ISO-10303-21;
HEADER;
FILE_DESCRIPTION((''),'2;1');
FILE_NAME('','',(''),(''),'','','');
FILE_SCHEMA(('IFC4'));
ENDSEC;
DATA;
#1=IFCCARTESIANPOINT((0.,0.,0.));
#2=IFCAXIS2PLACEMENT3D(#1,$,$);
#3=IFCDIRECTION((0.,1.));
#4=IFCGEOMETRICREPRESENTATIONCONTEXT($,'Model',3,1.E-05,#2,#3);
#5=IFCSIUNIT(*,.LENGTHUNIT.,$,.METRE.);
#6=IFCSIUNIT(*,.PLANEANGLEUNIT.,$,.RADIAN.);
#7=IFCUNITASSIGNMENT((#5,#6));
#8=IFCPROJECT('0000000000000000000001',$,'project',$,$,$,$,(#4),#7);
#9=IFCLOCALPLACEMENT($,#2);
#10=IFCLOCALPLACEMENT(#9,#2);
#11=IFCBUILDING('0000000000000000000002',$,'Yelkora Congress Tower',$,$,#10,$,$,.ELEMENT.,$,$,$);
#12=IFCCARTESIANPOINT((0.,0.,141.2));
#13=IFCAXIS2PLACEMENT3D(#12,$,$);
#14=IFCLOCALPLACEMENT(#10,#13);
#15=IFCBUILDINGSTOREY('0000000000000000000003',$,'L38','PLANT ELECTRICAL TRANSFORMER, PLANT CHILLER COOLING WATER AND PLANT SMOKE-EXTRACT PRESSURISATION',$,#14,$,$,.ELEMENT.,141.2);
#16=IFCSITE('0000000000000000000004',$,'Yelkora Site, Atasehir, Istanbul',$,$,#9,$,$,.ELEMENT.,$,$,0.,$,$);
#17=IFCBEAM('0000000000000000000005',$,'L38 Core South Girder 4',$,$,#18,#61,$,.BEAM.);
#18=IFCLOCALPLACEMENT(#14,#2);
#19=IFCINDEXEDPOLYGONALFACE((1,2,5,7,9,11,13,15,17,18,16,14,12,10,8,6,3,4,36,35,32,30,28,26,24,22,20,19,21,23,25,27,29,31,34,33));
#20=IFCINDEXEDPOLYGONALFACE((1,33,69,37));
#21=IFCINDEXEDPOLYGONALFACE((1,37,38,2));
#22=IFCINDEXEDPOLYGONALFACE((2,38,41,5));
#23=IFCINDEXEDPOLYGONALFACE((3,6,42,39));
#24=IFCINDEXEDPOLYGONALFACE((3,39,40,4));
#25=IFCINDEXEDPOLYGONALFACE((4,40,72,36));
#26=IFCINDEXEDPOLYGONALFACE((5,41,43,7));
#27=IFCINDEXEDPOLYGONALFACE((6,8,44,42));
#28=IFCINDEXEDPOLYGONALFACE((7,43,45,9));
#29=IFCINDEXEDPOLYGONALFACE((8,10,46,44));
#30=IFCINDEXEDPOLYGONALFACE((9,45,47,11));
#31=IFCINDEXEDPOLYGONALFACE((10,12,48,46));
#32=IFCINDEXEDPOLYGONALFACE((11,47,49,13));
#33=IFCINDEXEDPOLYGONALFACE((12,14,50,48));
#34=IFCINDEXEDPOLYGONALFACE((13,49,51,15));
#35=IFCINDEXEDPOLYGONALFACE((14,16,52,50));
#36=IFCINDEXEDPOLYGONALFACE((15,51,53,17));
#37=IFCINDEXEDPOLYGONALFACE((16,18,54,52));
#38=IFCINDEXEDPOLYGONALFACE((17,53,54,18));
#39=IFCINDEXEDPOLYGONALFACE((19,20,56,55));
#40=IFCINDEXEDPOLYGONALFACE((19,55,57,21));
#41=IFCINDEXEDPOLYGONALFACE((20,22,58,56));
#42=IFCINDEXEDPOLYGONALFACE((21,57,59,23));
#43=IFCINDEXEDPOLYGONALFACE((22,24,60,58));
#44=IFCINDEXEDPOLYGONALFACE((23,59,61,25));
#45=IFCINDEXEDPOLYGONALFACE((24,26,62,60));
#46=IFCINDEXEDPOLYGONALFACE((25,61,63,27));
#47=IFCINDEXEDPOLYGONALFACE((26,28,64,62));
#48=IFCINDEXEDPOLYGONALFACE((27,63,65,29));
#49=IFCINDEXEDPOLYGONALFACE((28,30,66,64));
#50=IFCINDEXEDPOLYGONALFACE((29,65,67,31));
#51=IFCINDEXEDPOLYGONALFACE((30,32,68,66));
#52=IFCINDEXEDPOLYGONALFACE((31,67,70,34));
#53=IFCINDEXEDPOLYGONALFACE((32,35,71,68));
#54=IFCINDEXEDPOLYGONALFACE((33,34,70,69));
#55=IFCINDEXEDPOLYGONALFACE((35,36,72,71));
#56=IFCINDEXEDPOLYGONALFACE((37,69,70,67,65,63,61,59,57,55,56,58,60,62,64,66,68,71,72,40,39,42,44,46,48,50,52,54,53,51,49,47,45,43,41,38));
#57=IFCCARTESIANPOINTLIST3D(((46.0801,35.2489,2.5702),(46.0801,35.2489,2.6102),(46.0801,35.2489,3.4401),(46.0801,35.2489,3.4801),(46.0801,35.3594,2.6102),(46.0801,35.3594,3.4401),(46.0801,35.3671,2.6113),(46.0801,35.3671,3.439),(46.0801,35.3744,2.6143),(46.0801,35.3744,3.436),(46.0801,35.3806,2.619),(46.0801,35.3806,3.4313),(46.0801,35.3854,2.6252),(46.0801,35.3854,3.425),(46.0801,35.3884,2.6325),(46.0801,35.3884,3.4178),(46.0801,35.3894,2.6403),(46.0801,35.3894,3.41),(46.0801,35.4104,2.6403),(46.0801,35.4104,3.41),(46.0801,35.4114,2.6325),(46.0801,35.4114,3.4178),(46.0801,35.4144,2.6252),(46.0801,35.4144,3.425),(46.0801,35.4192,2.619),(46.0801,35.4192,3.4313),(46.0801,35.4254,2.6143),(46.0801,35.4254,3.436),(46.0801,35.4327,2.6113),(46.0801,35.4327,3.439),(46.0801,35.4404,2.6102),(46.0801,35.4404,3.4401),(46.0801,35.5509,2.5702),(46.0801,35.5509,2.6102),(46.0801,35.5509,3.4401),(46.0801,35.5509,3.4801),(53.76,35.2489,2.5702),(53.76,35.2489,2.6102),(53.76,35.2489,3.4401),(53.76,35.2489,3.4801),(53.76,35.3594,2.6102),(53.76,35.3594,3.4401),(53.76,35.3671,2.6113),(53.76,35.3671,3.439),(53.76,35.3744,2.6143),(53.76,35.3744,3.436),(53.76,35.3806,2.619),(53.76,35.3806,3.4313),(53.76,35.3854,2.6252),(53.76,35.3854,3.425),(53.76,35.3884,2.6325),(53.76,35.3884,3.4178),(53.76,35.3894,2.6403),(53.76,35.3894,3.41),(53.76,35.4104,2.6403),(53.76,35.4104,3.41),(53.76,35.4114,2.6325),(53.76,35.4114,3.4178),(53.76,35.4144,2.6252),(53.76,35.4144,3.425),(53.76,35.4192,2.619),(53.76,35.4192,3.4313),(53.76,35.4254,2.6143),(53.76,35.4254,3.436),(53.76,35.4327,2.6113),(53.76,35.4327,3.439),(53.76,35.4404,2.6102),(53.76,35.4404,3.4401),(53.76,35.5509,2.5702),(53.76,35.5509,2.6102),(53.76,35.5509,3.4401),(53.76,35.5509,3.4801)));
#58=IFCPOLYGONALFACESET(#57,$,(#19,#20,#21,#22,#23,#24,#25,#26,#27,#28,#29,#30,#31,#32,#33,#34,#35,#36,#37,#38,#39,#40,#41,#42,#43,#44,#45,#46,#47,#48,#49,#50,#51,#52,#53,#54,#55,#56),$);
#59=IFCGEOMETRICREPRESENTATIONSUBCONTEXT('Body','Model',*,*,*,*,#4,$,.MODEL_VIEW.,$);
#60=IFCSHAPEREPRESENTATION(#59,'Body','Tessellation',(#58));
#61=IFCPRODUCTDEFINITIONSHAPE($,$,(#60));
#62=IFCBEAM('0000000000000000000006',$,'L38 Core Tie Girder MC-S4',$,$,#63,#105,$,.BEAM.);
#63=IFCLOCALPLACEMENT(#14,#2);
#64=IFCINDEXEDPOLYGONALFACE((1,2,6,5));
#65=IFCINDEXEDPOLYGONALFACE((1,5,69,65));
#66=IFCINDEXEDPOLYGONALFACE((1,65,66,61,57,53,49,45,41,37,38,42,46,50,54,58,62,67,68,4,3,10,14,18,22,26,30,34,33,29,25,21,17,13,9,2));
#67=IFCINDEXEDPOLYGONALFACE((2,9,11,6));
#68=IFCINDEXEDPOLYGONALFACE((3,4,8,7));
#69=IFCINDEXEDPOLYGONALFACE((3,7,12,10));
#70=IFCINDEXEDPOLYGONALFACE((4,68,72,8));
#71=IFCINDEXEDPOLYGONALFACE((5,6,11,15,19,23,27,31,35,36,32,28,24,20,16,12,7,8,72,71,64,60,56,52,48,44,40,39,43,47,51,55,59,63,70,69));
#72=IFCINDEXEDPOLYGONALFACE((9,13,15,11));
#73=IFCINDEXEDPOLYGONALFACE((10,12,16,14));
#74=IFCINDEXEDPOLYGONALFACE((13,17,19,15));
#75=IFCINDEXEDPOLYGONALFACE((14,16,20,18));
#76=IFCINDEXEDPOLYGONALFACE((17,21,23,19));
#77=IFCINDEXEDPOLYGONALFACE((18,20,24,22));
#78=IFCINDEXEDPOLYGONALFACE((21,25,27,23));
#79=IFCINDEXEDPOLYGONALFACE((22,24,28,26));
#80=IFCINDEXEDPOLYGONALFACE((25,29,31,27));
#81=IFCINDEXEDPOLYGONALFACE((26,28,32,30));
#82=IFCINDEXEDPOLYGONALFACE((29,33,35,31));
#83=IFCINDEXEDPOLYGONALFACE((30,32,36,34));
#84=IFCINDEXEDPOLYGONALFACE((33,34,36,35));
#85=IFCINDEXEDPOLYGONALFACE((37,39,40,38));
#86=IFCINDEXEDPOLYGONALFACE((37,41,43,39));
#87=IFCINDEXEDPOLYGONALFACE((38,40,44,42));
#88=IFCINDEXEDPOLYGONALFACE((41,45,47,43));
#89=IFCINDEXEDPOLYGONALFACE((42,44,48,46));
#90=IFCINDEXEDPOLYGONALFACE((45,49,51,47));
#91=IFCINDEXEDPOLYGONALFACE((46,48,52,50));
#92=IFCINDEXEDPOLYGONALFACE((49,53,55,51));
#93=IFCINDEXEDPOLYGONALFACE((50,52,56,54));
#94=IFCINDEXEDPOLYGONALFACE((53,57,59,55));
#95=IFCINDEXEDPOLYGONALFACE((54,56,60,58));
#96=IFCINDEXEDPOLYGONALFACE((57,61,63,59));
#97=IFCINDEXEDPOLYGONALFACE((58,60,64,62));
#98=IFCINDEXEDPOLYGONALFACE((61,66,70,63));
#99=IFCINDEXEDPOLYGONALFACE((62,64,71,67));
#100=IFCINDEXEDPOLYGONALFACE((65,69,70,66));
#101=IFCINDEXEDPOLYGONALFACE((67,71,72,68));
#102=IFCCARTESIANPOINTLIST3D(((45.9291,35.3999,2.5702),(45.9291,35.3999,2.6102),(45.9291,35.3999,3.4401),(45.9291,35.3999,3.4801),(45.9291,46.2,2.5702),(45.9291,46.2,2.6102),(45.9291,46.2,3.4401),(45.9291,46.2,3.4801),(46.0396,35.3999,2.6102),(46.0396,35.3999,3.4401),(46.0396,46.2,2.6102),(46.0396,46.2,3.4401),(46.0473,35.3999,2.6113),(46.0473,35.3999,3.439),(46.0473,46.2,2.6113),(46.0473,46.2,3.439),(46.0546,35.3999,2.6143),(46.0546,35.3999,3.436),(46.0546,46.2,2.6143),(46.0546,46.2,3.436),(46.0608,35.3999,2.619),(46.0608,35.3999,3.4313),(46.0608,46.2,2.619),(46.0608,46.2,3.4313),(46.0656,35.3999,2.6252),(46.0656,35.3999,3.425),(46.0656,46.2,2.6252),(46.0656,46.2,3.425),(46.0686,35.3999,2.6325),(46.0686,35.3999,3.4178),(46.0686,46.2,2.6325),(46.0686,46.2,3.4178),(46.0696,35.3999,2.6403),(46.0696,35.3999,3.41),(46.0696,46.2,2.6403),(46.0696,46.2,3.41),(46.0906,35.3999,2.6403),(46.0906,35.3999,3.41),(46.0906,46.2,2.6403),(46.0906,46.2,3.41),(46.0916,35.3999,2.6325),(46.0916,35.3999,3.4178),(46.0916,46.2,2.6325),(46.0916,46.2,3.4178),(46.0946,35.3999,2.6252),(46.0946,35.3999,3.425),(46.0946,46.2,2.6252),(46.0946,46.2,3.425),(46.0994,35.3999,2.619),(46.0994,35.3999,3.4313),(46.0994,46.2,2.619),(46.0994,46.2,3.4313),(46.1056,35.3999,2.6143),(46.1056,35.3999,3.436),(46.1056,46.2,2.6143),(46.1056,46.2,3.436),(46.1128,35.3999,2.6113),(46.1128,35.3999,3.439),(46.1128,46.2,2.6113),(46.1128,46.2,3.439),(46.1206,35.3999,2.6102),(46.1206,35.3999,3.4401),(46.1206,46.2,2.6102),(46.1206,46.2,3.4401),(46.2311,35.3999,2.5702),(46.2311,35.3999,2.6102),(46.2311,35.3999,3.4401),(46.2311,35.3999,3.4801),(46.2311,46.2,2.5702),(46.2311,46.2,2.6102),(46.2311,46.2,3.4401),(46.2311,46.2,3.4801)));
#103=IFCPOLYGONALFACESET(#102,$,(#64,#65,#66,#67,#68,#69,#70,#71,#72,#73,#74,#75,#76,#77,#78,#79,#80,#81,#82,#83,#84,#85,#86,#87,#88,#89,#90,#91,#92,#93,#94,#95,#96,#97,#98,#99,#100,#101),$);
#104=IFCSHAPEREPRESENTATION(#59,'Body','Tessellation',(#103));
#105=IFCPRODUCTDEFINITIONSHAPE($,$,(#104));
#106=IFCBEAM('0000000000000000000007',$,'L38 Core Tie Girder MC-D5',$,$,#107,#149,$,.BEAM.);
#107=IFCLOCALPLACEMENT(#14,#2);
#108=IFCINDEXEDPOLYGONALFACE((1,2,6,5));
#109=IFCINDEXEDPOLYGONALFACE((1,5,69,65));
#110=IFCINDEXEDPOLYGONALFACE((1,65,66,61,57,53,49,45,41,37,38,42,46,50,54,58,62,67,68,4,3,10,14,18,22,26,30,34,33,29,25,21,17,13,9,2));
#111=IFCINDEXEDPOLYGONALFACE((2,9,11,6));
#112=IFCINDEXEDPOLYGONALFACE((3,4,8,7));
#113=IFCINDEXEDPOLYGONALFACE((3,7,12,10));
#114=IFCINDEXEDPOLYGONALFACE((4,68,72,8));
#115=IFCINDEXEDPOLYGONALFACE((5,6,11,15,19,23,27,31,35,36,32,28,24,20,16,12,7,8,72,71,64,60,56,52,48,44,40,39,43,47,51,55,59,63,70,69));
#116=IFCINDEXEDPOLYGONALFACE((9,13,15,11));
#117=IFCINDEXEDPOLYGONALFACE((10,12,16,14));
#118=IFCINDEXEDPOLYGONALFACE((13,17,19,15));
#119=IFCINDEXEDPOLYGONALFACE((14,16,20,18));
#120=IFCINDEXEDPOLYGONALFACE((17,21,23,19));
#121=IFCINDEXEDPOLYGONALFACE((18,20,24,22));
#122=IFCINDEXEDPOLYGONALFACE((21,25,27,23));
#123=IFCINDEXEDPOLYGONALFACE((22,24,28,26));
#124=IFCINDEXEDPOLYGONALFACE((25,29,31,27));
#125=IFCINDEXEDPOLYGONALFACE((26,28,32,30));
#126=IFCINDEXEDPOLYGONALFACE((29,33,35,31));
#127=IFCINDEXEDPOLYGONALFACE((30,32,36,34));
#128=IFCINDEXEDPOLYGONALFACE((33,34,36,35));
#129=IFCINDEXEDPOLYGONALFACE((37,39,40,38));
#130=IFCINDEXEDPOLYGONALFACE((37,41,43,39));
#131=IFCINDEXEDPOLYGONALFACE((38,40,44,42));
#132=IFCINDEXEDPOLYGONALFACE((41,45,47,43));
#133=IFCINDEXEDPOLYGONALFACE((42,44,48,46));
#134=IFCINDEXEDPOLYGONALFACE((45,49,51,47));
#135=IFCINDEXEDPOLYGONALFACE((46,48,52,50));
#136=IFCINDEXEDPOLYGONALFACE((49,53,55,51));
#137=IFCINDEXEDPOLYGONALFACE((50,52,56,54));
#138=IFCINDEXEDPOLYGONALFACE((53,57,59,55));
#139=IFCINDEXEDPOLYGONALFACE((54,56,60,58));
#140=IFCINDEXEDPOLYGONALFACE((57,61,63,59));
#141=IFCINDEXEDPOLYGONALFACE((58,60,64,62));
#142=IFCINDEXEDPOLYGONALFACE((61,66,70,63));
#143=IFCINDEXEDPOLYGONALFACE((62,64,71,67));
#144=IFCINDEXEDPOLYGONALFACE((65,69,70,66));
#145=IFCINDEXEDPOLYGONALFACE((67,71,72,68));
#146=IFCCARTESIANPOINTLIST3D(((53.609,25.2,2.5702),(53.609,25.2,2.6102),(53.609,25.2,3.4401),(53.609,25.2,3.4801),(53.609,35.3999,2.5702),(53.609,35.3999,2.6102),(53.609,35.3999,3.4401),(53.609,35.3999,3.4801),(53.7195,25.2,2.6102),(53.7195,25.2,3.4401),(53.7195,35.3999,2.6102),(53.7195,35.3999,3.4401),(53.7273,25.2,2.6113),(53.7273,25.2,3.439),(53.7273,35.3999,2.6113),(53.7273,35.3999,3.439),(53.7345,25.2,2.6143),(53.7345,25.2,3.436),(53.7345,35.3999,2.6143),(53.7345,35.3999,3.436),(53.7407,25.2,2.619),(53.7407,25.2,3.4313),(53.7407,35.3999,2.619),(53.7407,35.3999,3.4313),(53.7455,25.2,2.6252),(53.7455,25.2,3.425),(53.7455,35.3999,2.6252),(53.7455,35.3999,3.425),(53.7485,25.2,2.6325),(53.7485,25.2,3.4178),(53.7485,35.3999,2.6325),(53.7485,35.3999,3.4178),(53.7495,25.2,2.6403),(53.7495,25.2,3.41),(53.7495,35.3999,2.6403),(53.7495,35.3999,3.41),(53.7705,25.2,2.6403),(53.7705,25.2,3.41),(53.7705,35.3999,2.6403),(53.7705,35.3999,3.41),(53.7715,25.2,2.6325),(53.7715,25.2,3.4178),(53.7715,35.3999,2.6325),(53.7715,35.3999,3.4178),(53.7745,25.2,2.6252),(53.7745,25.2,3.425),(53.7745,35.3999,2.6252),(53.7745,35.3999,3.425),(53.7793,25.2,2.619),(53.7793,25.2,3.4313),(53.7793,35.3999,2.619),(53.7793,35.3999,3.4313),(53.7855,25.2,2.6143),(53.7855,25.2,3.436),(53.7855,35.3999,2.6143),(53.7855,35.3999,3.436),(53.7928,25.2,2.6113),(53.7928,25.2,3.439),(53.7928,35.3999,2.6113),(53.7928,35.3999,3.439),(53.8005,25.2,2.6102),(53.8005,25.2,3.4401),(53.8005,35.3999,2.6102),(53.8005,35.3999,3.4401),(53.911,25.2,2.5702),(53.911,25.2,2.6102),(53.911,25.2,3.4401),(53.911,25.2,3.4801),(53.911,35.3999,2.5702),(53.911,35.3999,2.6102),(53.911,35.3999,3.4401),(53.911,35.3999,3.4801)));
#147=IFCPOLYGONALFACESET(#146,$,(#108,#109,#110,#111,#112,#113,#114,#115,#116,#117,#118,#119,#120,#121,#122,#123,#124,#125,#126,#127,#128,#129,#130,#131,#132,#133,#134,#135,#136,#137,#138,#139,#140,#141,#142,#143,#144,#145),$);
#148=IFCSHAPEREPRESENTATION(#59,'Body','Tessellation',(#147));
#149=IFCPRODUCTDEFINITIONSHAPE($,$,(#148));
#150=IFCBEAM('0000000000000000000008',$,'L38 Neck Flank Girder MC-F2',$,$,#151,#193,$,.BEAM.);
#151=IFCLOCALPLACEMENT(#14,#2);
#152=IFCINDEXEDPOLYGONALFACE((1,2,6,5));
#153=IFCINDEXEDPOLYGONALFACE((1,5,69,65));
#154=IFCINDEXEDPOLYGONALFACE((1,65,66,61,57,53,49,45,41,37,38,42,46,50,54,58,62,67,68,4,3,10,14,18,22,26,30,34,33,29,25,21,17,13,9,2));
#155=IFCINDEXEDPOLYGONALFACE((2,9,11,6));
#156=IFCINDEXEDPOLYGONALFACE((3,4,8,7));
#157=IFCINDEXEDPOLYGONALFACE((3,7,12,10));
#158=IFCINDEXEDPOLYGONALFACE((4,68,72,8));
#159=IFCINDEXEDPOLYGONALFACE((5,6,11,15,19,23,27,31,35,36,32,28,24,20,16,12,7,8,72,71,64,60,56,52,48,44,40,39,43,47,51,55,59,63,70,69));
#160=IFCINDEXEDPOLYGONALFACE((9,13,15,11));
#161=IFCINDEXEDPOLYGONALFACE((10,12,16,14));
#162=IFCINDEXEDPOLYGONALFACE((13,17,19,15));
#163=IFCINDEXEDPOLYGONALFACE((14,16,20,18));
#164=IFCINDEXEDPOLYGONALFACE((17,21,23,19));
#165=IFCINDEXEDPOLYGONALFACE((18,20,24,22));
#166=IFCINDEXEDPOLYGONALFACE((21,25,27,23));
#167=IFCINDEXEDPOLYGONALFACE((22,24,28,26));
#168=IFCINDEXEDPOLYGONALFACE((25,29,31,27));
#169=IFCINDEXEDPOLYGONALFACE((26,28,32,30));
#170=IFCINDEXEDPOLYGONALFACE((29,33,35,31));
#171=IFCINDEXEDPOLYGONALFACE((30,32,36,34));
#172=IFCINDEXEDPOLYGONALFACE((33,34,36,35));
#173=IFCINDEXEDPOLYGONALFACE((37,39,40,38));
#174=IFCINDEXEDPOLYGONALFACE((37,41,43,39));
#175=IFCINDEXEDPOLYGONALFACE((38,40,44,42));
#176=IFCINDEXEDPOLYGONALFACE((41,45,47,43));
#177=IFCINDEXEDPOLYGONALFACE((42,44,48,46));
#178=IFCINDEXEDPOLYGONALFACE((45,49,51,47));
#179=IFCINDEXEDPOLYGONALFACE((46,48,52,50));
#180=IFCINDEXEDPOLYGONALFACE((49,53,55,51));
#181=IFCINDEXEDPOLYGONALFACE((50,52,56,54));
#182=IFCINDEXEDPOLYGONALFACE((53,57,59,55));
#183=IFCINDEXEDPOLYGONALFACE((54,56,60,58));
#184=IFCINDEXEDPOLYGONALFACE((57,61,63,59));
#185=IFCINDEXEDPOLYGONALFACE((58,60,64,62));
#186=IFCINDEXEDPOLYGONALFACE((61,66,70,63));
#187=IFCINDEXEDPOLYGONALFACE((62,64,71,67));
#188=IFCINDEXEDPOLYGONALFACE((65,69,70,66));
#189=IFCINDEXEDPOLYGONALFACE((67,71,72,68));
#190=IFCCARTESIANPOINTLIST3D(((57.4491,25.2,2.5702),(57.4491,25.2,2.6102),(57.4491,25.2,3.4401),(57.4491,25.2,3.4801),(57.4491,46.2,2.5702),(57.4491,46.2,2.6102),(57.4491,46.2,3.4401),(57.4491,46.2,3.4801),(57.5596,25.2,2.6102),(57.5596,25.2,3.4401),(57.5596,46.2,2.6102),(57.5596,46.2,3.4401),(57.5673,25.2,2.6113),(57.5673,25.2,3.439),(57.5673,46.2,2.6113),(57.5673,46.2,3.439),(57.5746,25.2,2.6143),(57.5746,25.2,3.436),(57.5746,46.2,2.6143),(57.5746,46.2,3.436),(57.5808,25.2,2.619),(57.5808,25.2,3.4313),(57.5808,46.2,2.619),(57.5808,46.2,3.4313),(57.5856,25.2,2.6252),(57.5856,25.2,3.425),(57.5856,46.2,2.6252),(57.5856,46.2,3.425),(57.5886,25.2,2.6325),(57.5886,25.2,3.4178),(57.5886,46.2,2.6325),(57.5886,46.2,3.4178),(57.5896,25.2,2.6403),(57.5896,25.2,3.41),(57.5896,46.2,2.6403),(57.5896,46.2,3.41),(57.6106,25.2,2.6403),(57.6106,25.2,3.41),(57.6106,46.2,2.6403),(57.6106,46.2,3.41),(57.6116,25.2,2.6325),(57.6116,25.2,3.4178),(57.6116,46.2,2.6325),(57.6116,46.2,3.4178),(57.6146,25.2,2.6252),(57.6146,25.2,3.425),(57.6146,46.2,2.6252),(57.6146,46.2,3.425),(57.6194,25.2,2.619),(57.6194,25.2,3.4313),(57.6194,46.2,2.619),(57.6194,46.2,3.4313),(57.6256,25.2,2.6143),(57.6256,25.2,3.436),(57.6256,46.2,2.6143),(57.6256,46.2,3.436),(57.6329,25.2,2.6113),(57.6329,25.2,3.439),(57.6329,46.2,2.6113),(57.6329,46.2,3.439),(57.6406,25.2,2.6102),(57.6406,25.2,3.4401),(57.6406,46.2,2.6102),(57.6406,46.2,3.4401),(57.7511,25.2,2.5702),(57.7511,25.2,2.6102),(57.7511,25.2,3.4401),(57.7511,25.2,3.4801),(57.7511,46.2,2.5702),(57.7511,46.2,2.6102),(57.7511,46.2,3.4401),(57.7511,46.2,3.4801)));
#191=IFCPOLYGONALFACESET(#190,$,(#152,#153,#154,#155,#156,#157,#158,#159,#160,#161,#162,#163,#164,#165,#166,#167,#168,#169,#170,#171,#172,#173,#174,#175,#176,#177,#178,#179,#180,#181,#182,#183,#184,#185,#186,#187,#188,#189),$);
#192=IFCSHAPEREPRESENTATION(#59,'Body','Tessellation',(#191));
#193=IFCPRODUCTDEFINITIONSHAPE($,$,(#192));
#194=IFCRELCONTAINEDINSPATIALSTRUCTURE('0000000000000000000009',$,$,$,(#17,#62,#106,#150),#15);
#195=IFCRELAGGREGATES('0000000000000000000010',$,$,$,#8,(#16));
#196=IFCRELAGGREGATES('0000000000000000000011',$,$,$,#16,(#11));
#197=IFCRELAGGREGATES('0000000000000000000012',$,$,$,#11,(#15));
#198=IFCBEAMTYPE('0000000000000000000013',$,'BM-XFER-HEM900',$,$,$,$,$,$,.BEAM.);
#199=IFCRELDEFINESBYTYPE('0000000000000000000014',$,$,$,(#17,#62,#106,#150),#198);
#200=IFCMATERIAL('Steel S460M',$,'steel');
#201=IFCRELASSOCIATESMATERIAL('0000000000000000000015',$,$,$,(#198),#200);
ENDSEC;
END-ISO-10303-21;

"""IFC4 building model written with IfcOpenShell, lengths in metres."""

from ifc_helpers import new_model, si_unit, direction, frame, origin, origin_2d, place, context, subcontext, project, spatial, i_section, extrude, material, material_profile, profile_set, type_object, element, save


model = new_model("IFC4")

# Units and contexts
model_context = context("Model", 3, precision=1e-05, world=origin(), true_north=direction((0.0, 1.0)))
body_context = subcontext(model_context, "Body", "Model", "MODEL_VIEW")
ifc_project = project(units=[si_unit("LENGTHUNIT", "METRE"), si_unit("PLANEANGLEUNIT", "RADIAN")], contexts=[model_context])

# Site, building, storey
site_placement = place(None, origin())
site = spatial("IfcSite", under=ifc_project, at=site_placement, Name="Yelkora Site, Atasehir, Istanbul", CompositionType="ELEMENT", RefElevation=0.0)
building_placement = place(site_placement, origin())
building = spatial("IfcBuilding", under=site, at=building_placement, Name="Yelkora Congress Tower", CompositionType="ELEMENT")
storey_placement = place(building_placement, frame((0.0, 0.0, 141.2)))
storey = spatial("IfcBuildingStorey", under=building, at=storey_placement, Name="L38", Description="PLANT ELECTRICAL TRANSFORMER, PLANT CHILLER COOLING WATER AND PLANT SMOKE-EXTRACT PRESSURISATION", CompositionType="ELEMENT", Elevation=141.2)

# Shared definitions
ifc_material_1 = material(Name="Steel S460M", Category="steel")

# Beams
ifc_material_profile_1 = material_profile(ifc_material_1, i_section(OverallWidth=0.302, OverallDepth=0.9099, WebThickness=0.021, FlangeThickness=0.04, FilletRadius=0.03, at=origin_2d()), Name="HEM 900")
ifc_profile_set_1 = profile_set([ifc_material_profile_1], Name="Steel S460M")
beam_type = type_object("IfcBeamType", Name="BM-XFER-HEM900", PredefinedType="BEAM", material=ifc_profile_set_1)
beam_1_placement = place(storey_placement, frame((46.0801, 35.3999, 3.0251), z_axis=(1.0, 0.0, 0.0), x_axis=(0.0, 1.0, 0.0)))
element("IfcBeam", 1, at=beam_1_placement, inside=storey, type_object=beam_type, Name="L38 Core South Girder 4", PredefinedType="BEAM", context=body_context, shape_type="SweptSolid", body=[
    extrude(i_section(OverallWidth=0.302, OverallDepth=0.9099, WebThickness=0.021, FlangeThickness=0.04, FilletRadius=0.03, at=origin_2d()), origin(), (0.0, 0.0, 1.0), 7.6799),
])
beam_2_placement = place(storey_placement, frame((46.0801, 35.3999, 3.0251), z_axis=(0.0, 1.0, 0.0), x_axis=(-1.0, 0.0, 0.0)))
element("IfcBeam", 2, at=beam_2_placement, inside=storey, type_object=beam_type, Name="L38 Core Tie Girder MC-S4", PredefinedType="BEAM", context=body_context, shape_type="SweptSolid", body=[
    extrude(i_section(OverallWidth=0.302, OverallDepth=0.9099, WebThickness=0.021, FlangeThickness=0.04, FilletRadius=0.03, at=origin_2d()), origin(), (0.0, 0.0, 1.0), 10.8),
])
beam_3_placement = place(storey_placement, frame((53.76, 25.2, 3.0251), z_axis=(0.0, 1.0, 0.0), x_axis=(-1.0, 0.0, 0.0)))
element("IfcBeam", 3, at=beam_3_placement, inside=storey, type_object=beam_type, Name="L38 Core Tie Girder MC-D5", PredefinedType="BEAM", context=body_context, shape_type="SweptSolid", body=[
    extrude(i_section(OverallWidth=0.302, OverallDepth=0.9099, WebThickness=0.021, FlangeThickness=0.04, FilletRadius=0.03, at=origin_2d()), origin(), (0.0, 0.0, 1.0), 10.2),
])
beam_4_placement = place(storey_placement, frame((57.6001, 25.2, 3.0251), z_axis=(0.0, 1.0, 0.0), x_axis=(-1.0, 0.0, 0.0)))
element("IfcBeam", 4, at=beam_4_placement, inside=storey, type_object=beam_type, Name="L38 Neck Flank Girder MC-F2", PredefinedType="BEAM", context=body_context, shape_type="SweptSolid", body=[
    extrude(i_section(OverallWidth=0.302, OverallDepth=0.9099, WebThickness=0.021, FlangeThickness=0.04, FilletRadius=0.03, at=origin_2d()), origin(), (0.0, 0.0, 1.0), 21.0),
])

save(model, "model.ifc")
